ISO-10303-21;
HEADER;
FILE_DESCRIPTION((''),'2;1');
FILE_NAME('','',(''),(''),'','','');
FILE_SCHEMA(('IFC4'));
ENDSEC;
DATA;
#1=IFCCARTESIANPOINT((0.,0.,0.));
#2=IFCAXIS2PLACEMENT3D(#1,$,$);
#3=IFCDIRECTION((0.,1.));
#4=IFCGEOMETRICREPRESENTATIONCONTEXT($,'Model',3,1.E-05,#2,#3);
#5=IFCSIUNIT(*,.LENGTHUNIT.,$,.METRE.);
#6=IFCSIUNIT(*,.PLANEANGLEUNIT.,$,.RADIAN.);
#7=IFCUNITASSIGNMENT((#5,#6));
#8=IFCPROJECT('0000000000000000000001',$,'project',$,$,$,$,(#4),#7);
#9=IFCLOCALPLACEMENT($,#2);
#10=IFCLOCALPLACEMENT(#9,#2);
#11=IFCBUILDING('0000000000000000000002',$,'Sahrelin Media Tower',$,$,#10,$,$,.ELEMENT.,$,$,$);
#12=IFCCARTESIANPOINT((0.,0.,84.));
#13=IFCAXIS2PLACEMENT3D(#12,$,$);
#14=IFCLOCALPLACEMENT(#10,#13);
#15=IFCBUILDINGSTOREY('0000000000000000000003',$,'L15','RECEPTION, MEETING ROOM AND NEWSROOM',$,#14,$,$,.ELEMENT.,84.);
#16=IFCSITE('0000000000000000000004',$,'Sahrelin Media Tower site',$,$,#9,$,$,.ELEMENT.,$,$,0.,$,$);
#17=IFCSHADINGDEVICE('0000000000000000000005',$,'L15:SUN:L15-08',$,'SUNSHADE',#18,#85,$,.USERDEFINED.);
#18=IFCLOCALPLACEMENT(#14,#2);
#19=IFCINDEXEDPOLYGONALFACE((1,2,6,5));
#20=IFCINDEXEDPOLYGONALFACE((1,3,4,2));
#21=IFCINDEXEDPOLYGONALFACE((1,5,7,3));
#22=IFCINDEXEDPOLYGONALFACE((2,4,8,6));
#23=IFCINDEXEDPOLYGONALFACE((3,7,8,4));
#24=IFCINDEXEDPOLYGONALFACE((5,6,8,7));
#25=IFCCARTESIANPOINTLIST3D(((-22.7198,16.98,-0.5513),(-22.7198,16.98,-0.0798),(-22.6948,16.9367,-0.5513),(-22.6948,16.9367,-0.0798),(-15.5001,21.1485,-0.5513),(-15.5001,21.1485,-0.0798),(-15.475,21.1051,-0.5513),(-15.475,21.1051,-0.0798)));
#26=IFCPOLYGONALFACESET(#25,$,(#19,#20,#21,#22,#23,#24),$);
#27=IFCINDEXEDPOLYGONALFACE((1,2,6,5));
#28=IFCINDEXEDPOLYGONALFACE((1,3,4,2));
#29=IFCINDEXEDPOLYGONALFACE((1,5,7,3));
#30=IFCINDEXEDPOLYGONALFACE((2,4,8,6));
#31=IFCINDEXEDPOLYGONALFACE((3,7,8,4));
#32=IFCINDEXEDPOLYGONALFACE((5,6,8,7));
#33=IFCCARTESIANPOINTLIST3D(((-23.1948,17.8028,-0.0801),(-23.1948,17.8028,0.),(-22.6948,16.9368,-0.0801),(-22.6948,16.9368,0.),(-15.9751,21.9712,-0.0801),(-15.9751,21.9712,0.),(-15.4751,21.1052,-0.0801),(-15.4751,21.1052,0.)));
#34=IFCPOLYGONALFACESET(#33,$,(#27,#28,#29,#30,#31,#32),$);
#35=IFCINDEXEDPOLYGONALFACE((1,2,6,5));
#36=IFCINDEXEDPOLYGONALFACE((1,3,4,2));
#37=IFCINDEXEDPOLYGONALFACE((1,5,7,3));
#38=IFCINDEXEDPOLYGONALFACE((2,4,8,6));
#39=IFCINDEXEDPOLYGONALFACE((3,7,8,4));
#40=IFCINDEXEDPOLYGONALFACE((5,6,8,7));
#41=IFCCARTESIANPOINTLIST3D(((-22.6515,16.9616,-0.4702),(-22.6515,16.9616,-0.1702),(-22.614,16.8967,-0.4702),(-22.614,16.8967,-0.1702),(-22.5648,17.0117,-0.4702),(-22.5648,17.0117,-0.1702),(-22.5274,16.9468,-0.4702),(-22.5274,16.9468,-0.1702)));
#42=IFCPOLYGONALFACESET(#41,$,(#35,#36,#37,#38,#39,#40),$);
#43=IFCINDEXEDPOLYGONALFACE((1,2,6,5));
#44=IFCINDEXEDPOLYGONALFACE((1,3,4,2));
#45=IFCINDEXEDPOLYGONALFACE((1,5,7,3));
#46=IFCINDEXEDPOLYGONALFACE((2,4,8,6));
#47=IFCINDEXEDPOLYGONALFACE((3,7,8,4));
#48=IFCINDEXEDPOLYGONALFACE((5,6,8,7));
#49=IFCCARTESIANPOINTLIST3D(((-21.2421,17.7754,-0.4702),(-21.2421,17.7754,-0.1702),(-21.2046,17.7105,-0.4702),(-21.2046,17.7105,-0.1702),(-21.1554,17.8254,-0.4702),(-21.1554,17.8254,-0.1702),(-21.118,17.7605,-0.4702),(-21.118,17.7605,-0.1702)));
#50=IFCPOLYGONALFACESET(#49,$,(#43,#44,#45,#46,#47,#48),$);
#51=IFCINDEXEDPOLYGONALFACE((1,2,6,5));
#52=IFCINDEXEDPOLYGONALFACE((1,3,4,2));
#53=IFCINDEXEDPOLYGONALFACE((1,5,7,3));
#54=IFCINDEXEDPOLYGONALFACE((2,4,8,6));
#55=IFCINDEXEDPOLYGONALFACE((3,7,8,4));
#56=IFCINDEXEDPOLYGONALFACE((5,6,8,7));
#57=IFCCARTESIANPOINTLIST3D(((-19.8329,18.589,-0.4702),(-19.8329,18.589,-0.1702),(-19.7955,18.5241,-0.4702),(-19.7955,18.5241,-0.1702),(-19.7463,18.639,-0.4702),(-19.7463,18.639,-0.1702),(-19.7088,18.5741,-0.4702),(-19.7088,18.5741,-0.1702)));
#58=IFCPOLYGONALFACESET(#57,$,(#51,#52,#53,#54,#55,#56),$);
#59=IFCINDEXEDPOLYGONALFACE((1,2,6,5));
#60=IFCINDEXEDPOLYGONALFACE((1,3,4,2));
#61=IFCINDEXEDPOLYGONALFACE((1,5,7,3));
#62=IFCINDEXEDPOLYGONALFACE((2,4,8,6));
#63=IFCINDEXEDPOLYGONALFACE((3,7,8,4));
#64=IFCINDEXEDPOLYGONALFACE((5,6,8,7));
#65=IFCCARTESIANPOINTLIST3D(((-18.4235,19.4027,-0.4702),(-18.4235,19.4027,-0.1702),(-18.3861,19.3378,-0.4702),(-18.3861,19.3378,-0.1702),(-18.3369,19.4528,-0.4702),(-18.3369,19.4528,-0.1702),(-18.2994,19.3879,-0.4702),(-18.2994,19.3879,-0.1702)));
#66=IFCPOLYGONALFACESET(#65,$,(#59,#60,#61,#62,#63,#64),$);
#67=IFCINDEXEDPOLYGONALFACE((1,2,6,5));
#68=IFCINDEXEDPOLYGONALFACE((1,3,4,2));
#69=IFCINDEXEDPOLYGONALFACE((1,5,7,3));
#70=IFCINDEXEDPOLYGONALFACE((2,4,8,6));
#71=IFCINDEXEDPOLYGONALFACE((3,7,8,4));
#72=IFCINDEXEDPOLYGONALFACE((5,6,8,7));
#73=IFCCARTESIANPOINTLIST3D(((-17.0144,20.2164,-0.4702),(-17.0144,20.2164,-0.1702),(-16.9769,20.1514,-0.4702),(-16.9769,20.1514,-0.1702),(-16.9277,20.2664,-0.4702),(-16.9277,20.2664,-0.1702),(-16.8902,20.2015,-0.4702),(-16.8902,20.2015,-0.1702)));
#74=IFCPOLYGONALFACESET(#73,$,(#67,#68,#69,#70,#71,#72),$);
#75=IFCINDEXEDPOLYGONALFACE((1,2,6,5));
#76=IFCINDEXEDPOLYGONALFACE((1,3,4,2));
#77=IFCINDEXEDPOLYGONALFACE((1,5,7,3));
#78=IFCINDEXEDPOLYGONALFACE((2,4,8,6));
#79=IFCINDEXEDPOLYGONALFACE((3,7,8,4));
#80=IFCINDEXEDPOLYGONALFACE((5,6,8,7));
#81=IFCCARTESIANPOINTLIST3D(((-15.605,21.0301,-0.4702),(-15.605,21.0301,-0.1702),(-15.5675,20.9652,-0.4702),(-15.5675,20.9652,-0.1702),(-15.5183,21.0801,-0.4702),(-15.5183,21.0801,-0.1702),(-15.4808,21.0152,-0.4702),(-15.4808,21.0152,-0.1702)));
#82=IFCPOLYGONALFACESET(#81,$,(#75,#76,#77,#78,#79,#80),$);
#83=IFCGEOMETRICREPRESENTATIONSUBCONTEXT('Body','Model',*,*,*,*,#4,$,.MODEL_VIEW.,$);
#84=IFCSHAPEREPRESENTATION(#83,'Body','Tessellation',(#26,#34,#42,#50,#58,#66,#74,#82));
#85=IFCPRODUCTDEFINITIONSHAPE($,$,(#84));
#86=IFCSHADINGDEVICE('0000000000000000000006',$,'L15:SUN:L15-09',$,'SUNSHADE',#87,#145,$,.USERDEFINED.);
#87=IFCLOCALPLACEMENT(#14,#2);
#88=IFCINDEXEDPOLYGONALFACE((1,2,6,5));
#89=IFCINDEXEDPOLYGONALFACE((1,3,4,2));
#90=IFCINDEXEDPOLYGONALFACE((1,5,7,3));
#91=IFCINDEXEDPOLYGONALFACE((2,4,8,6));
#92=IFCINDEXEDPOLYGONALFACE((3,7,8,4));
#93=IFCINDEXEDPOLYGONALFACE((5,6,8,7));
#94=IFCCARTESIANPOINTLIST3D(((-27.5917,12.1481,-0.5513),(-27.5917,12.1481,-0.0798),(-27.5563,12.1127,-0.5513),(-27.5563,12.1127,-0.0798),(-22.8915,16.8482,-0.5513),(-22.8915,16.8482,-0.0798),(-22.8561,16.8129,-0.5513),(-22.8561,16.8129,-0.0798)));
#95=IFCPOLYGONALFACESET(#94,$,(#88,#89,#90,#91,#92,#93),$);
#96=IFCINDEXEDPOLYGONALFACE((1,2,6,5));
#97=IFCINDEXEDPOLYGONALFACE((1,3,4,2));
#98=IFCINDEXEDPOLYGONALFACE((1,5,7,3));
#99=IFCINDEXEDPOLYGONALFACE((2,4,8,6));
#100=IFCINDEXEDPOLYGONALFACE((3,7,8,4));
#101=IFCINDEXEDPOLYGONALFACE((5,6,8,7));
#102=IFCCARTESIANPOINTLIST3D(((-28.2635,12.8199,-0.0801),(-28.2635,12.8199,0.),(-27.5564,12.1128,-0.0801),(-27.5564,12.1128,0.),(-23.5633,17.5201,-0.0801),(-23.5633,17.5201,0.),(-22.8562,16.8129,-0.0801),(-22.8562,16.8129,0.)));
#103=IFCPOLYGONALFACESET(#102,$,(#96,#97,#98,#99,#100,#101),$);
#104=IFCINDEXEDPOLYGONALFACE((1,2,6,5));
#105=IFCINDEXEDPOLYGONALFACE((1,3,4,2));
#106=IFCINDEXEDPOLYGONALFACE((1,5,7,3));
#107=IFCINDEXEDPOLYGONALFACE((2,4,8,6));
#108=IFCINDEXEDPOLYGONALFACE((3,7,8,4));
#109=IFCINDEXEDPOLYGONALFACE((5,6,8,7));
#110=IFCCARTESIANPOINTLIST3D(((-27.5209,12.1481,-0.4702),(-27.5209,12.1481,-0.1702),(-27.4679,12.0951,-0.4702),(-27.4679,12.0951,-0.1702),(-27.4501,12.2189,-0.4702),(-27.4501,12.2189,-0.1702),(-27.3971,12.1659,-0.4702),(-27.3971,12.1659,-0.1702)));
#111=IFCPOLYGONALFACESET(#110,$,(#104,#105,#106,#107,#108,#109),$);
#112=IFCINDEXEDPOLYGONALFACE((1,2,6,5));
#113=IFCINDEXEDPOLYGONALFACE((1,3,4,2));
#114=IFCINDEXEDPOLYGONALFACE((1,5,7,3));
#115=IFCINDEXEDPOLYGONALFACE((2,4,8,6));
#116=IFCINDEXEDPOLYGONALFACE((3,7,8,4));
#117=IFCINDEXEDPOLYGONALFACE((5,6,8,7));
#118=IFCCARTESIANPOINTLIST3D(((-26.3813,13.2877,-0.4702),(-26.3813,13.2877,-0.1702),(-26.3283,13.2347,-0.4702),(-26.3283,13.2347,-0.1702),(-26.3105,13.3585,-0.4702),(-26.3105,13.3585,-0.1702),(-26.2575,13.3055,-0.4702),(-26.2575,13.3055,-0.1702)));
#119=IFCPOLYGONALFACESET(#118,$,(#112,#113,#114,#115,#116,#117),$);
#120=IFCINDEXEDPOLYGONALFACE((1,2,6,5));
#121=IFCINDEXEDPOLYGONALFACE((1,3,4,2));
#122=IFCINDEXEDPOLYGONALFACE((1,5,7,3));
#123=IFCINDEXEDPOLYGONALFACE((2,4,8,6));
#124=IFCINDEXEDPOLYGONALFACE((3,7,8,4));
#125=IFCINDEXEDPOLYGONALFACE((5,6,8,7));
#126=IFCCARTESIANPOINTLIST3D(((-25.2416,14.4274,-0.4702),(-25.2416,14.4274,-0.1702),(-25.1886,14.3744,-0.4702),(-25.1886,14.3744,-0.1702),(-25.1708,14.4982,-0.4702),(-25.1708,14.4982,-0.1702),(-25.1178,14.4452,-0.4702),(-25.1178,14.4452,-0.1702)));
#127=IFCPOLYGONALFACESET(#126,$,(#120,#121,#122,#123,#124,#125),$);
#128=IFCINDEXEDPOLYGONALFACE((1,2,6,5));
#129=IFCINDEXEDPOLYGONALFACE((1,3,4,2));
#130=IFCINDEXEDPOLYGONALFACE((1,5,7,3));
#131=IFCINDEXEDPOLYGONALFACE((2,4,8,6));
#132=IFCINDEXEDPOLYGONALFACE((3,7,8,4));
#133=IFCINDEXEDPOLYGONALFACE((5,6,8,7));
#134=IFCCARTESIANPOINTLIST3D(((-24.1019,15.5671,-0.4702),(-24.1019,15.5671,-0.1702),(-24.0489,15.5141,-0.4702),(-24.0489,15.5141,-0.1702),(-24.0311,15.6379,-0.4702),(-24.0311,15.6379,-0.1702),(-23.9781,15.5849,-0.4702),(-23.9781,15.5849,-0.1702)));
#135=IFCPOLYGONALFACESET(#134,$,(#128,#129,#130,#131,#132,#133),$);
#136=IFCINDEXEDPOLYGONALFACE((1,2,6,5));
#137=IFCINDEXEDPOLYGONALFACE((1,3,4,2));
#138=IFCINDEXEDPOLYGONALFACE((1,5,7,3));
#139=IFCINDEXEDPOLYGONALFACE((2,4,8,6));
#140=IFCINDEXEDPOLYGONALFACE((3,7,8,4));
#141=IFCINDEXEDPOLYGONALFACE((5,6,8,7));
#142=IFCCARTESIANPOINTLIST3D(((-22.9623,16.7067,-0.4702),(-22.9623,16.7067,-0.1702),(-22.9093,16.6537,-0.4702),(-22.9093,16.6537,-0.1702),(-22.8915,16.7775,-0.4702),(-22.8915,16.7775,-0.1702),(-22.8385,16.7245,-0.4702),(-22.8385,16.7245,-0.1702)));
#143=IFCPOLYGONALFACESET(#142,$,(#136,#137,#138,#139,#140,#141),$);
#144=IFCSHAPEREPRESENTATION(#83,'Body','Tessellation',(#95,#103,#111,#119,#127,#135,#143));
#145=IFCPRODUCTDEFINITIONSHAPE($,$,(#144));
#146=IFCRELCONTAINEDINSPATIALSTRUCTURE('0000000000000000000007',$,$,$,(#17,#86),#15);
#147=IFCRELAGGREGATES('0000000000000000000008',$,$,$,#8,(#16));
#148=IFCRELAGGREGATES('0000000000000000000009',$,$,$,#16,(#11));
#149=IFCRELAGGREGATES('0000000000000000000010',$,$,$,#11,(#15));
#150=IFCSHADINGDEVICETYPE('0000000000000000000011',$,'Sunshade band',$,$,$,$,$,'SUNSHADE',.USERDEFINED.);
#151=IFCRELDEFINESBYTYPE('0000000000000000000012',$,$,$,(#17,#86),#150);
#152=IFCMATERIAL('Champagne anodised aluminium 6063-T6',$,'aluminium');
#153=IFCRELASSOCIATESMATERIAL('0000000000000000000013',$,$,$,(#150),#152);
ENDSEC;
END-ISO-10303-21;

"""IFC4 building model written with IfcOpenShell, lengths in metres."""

from ifc_helpers import new_model, si_unit, direction, frame, origin, origin_2d, place, context, subcontext, project, spatial, rectangle, extrude, material, type_object, element, save


model = new_model("IFC4")

# Units and contexts
model_context = context("Model", 3, precision=1e-05, world=origin(), true_north=direction((0.0, 1.0)))
body_context = subcontext(model_context, "Body", "Model", "MODEL_VIEW")
ifc_project = project(units=[si_unit("LENGTHUNIT", "METRE"), si_unit("PLANEANGLEUNIT", "RADIAN")], contexts=[model_context])

# Site, building, storey
site_placement = place(None, origin())
site = spatial("IfcSite", under=ifc_project, at=site_placement, Name="Sahrelin Media Tower site", CompositionType="ELEMENT", RefElevation=0.0)
building_placement = place(site_placement, origin())
building = spatial("IfcBuilding", under=site, at=building_placement, Name="Sahrelin Media Tower", CompositionType="ELEMENT")
storey_placement = place(building_placement, frame((0.0, 0.0, 84.0)))
storey = spatial("IfcBuildingStorey", under=building, at=storey_placement, Name="L15", Description="RECEPTION, MEETING ROOM AND NEWSROOM", CompositionType="ELEMENT", Elevation=84.0)

# Shared definitions
ifc_material_1 = material(Name="Champagne anodised aluminium 6063-T6", Category="aluminium")

# Shading devices
placement_1 = place(storey_placement, frame((-19.075, 19.0037, 0.0), z_axis=(0.0, 0.0, 1.0), x_axis=(0.866019, 0.500011, 0.0)))
placement_2 = place(storey_placement, frame((-25.1921, 14.4487, 0.0), z_axis=(0.0, 0.0, 1.0), x_axis=(0.707107, 0.707107, 0.0)))
shading_device_type_1 = type_object("IfcShadingDeviceType", Name="Sunshade band", ElementType="SUNSHADE", PredefinedType="USERDEFINED", material=ifc_material_1)
element("IfcShadingDevice", 1, at=placement_1, inside=storey, type_object=shading_device_type_1, Name="L15:SUN:L15-08", ObjectType="SUNSHADE", PredefinedType="USERDEFINED", context=body_context, shape_type="SweptSolid", body=[
    extrude(rectangle(XDim=8.3367, YDim=0.05, at=origin_2d()), frame((0.0, 0.0449, -0.5513)), (0.0, 0.0, 1.0), 0.4714),
    extrude(rectangle(XDim=8.3367, YDim=1.0, at=origin_2d()), frame((0.0, 0.52, -0.0801)), (0.0, 0.0, 1.0), 0.0801),
    extrude(rectangle(XDim=0.1001, YDim=0.075, at=origin_2d()), frame((-4.0684, -0.0176, -0.4702)), (0.0, 0.0, 1.0), 0.3),
    extrude(rectangle(XDim=0.1001, YDim=0.075, at=origin_2d()), frame((-2.4409, -0.0176, -0.4702)), (0.0, 0.0, 1.0), 0.3),
    extrude(rectangle(XDim=0.1001, YDim=0.075, at=origin_2d()), frame((-0.8137, -0.0176, -0.4702)), (0.0, 0.0, 1.0), 0.3),
    extrude(rectangle(XDim=0.1001, YDim=0.075, at=origin_2d()), frame((0.8137, -0.0176, -0.4702)), (0.0, 0.0, 1.0), 0.3),
    extrude(rectangle(XDim=0.1001, YDim=0.075, at=origin_2d()), frame((2.4409, -0.0176, -0.4702)), (0.0, 0.0, 1.0), 0.3),
    extrude(rectangle(XDim=0.1001, YDim=0.075, at=origin_2d()), frame((4.0684, -0.0176, -0.4702)), (0.0, 0.0, 1.0), 0.3),
])
element("IfcShadingDevice", 2, at=placement_2, inside=storey, type_object=shading_device_type_1, Name="L15:SUN:L15-09", ObjectType="SUNSHADE", PredefinedType="USERDEFINED", context=body_context, shape_type="SweptSolid", body=[
    extrude(rectangle(XDim=6.647, YDim=0.05, at=origin_2d()), frame((0.0, 0.0449, -0.5513)), (0.0, 0.0, 1.0), 0.4714),
    extrude(rectangle(XDim=6.647, YDim=1.0, at=origin_2d()), frame((0.0, 0.52, -0.0801)), (0.0, 0.0, 1.0), 0.0801),
    extrude(rectangle(XDim=0.1001, YDim=0.075, at=origin_2d()), frame((-3.2234, -0.0176, -0.4702)), (0.0, 0.0, 1.0), 0.3),
    extrude(rectangle(XDim=0.1001, YDim=0.075, at=origin_2d()), frame((-1.6118, -0.0176, -0.4702)), (0.0, 0.0, 1.0), 0.3),
    extrude(rectangle(XDim=0.1001, YDim=0.075, at=origin_2d()), frame((0.0, -0.0176, -0.4702)), (0.0, 0.0, 1.0), 0.3),
    extrude(rectangle(XDim=0.1001, YDim=0.075, at=origin_2d()), frame((1.6118, -0.0176, -0.4702)), (0.0, 0.0, 1.0), 0.3),
    extrude(rectangle(XDim=0.1001, YDim=0.075, at=origin_2d()), frame((3.2234, -0.0176, -0.4702)), (0.0, 0.0, 1.0), 0.3),
])

save(model, "model.ifc")
